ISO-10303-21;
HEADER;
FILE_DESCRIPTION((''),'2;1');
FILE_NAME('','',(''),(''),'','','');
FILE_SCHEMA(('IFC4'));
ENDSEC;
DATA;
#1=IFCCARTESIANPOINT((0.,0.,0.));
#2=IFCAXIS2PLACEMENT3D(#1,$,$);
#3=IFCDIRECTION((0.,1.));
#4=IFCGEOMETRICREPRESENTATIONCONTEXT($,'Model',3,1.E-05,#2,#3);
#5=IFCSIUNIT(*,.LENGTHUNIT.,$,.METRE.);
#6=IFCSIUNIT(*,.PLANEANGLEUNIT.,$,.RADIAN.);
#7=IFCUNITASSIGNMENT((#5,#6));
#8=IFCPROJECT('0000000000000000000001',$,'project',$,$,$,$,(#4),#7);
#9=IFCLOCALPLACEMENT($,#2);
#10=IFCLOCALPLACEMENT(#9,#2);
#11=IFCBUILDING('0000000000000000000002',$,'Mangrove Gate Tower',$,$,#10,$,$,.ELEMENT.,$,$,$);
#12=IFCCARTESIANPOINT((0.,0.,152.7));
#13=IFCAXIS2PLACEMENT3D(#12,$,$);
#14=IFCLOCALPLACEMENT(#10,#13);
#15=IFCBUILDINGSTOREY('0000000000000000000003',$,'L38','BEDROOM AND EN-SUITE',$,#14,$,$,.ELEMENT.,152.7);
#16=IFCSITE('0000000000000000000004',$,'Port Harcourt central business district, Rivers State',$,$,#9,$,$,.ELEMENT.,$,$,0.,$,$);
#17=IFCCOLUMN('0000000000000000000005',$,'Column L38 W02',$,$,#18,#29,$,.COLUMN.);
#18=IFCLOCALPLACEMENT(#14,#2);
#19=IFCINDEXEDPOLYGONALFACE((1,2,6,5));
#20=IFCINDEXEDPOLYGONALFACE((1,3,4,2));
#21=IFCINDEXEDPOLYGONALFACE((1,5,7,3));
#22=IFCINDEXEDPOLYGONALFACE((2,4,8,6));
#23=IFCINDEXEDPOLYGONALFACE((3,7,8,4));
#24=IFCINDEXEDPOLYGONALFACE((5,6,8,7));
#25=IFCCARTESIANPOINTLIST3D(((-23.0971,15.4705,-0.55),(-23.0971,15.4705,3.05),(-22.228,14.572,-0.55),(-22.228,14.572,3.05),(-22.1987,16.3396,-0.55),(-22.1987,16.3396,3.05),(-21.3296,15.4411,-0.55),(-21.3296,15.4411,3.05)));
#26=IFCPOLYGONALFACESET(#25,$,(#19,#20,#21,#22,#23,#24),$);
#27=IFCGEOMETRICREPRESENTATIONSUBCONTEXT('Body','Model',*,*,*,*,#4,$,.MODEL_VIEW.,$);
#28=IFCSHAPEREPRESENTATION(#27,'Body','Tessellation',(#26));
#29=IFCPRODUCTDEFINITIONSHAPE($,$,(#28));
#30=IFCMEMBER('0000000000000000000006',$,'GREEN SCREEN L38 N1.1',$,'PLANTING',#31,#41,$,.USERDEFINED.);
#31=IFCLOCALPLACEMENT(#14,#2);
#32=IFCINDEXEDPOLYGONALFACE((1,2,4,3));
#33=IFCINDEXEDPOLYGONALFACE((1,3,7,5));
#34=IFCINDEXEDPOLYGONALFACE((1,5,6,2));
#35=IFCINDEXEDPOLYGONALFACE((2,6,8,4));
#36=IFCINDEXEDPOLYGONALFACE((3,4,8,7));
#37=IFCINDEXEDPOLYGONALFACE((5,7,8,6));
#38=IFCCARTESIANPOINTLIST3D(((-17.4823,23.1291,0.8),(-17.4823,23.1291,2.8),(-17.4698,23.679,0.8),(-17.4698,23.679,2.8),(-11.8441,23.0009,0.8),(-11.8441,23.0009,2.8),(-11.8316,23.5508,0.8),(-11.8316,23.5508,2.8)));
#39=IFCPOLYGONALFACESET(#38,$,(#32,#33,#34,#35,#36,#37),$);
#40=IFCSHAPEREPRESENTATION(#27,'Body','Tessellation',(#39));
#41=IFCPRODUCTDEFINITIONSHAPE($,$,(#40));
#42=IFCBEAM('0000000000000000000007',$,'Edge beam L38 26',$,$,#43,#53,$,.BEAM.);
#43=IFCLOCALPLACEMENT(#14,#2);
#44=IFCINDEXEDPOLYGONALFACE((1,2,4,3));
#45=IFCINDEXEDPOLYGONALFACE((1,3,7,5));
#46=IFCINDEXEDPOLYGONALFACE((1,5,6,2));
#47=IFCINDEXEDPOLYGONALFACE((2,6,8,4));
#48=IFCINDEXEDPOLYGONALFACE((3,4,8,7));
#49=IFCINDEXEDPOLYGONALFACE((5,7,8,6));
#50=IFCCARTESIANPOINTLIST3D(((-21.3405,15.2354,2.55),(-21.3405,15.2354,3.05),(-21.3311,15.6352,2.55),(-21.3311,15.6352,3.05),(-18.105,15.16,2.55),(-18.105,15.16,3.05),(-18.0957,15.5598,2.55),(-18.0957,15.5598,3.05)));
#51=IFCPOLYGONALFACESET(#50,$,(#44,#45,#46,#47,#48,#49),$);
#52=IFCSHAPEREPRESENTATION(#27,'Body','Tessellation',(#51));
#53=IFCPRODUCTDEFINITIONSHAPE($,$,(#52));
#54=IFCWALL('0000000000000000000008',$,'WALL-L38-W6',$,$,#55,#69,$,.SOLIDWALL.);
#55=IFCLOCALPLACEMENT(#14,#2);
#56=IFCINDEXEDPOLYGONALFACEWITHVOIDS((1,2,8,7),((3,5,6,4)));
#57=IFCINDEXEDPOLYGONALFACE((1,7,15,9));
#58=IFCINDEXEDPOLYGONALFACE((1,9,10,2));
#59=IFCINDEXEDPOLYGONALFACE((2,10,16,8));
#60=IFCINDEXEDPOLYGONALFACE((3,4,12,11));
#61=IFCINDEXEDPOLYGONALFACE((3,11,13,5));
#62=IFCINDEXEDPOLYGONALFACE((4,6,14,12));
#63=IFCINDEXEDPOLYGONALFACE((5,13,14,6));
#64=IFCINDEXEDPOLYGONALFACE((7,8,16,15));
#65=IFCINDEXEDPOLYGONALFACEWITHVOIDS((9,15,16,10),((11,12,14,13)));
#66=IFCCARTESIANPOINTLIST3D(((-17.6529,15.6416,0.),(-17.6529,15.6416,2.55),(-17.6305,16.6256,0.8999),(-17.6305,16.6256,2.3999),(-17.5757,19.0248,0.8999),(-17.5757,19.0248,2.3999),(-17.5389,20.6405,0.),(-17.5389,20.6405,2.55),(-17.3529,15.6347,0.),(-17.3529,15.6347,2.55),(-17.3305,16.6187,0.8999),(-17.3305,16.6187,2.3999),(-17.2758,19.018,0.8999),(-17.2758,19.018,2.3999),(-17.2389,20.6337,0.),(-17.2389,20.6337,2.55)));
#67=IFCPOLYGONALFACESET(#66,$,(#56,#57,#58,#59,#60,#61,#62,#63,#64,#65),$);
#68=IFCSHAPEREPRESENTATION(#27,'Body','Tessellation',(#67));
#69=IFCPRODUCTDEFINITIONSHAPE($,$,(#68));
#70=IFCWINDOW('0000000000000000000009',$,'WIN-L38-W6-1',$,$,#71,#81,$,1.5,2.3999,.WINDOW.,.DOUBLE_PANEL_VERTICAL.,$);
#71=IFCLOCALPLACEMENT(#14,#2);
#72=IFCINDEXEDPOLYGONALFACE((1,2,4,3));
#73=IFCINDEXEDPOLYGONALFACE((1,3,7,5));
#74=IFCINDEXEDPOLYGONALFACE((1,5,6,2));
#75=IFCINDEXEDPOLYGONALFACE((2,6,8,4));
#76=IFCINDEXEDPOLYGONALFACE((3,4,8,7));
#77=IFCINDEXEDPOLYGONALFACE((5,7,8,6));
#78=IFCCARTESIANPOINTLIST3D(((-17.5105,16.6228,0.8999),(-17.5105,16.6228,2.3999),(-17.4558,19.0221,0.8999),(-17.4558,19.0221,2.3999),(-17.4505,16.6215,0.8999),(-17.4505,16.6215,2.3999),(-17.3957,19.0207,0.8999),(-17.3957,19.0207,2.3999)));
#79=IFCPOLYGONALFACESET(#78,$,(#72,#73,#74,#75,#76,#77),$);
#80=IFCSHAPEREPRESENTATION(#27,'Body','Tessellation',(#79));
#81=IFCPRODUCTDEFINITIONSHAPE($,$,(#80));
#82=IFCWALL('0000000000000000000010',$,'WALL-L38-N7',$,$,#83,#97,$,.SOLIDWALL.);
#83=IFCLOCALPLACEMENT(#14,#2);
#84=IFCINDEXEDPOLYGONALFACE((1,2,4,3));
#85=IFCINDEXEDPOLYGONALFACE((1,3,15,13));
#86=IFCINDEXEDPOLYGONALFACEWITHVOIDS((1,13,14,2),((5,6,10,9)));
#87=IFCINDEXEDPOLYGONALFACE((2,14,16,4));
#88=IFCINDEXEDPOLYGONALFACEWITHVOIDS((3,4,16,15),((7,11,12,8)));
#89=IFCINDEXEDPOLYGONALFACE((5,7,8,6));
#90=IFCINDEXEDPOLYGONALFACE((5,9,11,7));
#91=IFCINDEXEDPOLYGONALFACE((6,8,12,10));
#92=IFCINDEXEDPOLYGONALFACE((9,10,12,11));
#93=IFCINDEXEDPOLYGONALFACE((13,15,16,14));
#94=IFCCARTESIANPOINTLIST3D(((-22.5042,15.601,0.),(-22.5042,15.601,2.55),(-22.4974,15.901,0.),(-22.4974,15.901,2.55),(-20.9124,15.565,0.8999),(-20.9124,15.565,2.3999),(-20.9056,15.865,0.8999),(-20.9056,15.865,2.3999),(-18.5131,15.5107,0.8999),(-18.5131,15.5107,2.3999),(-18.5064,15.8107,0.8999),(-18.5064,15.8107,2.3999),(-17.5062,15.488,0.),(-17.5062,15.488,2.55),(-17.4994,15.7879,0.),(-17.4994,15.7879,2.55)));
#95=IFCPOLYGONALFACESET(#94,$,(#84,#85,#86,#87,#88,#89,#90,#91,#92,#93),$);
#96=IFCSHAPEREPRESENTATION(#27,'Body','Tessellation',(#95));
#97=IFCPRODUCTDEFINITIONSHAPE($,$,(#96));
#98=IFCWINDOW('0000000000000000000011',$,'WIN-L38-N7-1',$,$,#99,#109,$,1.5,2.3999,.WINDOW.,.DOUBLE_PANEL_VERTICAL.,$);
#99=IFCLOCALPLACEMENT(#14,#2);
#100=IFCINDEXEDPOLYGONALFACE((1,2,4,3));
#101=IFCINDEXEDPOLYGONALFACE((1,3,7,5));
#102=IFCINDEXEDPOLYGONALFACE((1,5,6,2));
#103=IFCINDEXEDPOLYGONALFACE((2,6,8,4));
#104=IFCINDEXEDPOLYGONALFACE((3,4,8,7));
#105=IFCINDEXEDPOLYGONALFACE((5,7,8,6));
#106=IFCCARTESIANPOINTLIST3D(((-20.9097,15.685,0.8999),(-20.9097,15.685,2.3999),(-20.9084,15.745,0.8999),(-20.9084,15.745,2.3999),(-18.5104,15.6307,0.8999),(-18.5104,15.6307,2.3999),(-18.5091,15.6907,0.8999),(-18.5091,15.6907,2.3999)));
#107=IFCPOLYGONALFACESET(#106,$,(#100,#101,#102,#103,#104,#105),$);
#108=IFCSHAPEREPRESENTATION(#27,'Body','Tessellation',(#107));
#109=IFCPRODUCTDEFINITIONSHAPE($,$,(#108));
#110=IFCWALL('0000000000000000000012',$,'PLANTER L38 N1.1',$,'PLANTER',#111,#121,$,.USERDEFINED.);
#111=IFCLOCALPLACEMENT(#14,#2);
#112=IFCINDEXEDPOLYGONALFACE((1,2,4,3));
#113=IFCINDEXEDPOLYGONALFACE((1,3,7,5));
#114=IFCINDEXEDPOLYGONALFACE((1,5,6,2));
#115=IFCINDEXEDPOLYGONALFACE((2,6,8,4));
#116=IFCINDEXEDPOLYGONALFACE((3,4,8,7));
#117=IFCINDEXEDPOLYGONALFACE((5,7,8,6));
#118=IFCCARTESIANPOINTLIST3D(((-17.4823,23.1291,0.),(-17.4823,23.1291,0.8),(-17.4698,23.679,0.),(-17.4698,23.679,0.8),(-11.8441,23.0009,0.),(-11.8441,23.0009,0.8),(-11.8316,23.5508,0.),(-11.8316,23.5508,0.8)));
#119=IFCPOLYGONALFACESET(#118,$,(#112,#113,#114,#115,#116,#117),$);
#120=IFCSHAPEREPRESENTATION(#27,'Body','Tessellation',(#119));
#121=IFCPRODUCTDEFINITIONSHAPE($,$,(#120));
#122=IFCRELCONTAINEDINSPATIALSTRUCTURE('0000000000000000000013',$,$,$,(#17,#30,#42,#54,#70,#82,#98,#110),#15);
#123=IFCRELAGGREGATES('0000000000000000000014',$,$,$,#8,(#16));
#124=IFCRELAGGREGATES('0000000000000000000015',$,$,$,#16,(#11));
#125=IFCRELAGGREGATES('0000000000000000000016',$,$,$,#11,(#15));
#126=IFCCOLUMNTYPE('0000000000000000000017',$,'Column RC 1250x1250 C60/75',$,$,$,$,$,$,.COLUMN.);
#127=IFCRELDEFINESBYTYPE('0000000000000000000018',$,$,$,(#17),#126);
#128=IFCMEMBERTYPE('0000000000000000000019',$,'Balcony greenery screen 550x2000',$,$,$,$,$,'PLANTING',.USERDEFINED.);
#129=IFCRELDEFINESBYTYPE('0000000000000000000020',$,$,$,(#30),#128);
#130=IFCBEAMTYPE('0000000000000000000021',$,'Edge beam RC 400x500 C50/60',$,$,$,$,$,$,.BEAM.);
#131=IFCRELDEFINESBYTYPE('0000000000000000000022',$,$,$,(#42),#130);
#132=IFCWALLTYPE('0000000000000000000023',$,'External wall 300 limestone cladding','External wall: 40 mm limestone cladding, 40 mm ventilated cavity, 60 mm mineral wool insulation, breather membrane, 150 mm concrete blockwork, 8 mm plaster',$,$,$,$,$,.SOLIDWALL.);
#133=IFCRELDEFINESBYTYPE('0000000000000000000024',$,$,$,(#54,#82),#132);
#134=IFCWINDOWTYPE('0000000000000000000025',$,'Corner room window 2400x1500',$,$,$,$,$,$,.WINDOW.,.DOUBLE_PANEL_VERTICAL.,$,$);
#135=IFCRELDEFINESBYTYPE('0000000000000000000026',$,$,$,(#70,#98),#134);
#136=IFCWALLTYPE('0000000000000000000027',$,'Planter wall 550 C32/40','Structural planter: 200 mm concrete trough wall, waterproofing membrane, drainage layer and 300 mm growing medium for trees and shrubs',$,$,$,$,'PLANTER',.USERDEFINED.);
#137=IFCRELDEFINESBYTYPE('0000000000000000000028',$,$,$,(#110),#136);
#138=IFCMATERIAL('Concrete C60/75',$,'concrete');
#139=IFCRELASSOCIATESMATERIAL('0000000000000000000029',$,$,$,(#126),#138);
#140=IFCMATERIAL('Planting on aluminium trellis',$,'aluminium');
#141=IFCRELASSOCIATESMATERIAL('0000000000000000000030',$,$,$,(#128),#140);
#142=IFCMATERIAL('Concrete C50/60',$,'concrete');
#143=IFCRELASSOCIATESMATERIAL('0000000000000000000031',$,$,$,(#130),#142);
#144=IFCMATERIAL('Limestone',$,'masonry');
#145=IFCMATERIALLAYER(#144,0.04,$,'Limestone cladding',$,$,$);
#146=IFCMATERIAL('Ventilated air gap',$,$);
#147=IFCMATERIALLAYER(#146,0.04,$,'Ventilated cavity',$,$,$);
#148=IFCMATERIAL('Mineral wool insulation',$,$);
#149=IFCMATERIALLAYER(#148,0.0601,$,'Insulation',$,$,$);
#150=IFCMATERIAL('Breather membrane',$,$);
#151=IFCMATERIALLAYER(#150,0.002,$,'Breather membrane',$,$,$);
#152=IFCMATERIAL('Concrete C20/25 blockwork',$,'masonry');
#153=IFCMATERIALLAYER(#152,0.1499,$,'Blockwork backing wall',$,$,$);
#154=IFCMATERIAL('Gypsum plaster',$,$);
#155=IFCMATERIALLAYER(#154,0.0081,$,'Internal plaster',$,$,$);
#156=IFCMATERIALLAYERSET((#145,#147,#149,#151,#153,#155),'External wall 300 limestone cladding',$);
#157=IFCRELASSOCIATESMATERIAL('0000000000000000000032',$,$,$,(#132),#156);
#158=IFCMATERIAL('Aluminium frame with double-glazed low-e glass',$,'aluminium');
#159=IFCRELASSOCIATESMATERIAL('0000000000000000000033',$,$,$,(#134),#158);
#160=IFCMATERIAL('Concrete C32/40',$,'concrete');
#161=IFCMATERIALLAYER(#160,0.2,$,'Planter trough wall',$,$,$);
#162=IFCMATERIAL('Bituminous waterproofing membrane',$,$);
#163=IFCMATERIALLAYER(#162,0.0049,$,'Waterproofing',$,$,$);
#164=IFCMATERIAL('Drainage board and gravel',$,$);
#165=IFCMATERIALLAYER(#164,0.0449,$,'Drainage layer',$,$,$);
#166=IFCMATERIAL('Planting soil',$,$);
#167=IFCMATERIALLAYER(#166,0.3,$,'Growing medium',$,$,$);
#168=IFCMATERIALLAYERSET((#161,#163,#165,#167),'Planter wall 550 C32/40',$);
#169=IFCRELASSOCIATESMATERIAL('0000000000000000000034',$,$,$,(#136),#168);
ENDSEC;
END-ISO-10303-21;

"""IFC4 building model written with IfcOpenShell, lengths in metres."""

from ifc_helpers import new_model, si_unit, direction, frame, frame_2d, origin, origin_2d, place, context, subcontext, project, spatial, rectangle, extrude, material, layer, layer_set, material_profile, profile_set, type_object, element, fill, save


model = new_model("IFC4")

# Units and contexts
model_context = context("Model", 3, precision=1e-05, world=origin(), true_north=direction((0.0, 1.0)))
body_context = subcontext(model_context, "Body", "Model", "MODEL_VIEW")
ifc_project = project(units=[si_unit("LENGTHUNIT", "METRE"), si_unit("PLANEANGLEUNIT", "RADIAN")], contexts=[model_context])

# Site, building, storey
site_placement = place(None, origin())
site = spatial("IfcSite", under=ifc_project, at=site_placement, Name="Port Harcourt central business district, Rivers State", CompositionType="ELEMENT", RefElevation=0.0)
building_placement = place(site_placement, origin())
building = spatial("IfcBuilding", under=site, at=building_placement, Name="Mangrove Gate Tower", CompositionType="ELEMENT")
storey_placement = place(building_placement, frame((0.0, 0.0, 152.7)))
storey = spatial("IfcBuildingStorey", under=building, at=storey_placement, Name="L38", Description="BEDROOM AND EN-SUITE", CompositionType="ELEMENT", Elevation=152.7)

# Column
ifc_material_1 = material(Name="Concrete C60/75", Category="concrete")
ifc_material_profile_1 = material_profile(ifc_material_1, rectangle(XDim=1.25, YDim=1.25, at=origin_2d()))
ifc_profile_set_1 = profile_set([ifc_material_profile_1], Name="Concrete C60/75")
column_type = type_object("IfcColumnType", Name="Column RC 1250x1250 C60/75", PredefinedType="COLUMN", material=ifc_profile_set_1)
column_placement = place(storey_placement, frame((-22.2134, 15.4558, -0.55), z_axis=(0.0, 0.0, 1.0), x_axis=(-0.718745, -0.695274, 0.0)))
element("IfcColumn", 1, at=column_placement, inside=storey, type_object=column_type, Name="Column L38 W02", PredefinedType="COLUMN", context=body_context, shape_type="SweptSolid", body=[
    extrude(rectangle(XDim=1.25, YDim=1.25, at=origin_2d()), origin(), (0.0, 0.0, 1.0), 3.6001),
])

# Member
ifc_material_2 = material(Name="Planting on aluminium trellis", Category="aluminium")
ifc_material_profile_2 = material_profile(ifc_material_2, rectangle(XDim=0.55, YDim=2.0, at=origin_2d()))
ifc_profile_set_2 = profile_set([ifc_material_profile_2], Name="Planting on aluminium trellis")
member_type = type_object("IfcMemberType", Name="Balcony greenery screen 550x2000", ElementType="PLANTING", PredefinedType="USERDEFINED", material=ifc_profile_set_2)
member_placement = place(storey_placement, frame((-17.4761, 23.4041, 1.8), z_axis=(0.999742, -0.022727, 0.0), x_axis=(0.022727, 0.999742, 0.0)))
element("IfcMember", 2, at=member_placement, inside=storey, type_object=member_type, Name="GREEN SCREEN L38 N1.1", ObjectType="PLANTING", PredefinedType="USERDEFINED", context=body_context, shape_type="SweptSolid", body=[
    extrude(rectangle(XDim=0.55, YDim=2.0, at=origin_2d()), origin(), (0.0, 0.0, 1.0), 5.6396),
])

# Beam
ifc_material_3 = material(Name="Concrete C50/60", Category="concrete")
ifc_material_profile_3 = material_profile(ifc_material_3, rectangle(XDim=0.3999, YDim=0.5, at=origin_2d()))
ifc_profile_set_3 = profile_set([ifc_material_profile_3], Name="Concrete C50/60")
beam_type = type_object("IfcBeamType", Name="Edge beam RC 400x500 C50/60", PredefinedType="BEAM", material=ifc_profile_set_3)
beam_placement = place(storey_placement, frame((-18.1003, 15.3599, 2.8), z_axis=(-0.999728, 0.023311, 0.0), x_axis=(-0.023311, -0.999728, 0.0)))
element("IfcBeam", 3, at=beam_placement, inside=storey, type_object=beam_type, Name="Edge beam L38 26", PredefinedType="BEAM", context=body_context, shape_type="SweptSolid", body=[
    extrude(rectangle(XDim=0.3999, YDim=0.5, at=origin_2d()), origin(), (0.0, 0.0, 1.0), 3.2363),
])

# Walls, openings, windows
ifc_material_4 = material(Name="Limestone", Category="masonry")
ifc_layer_1 = layer(ifc_material_4, 0.04, Name="Limestone cladding")
ifc_material_5 = material(Name="Ventilated air gap")
ifc_layer_2 = layer(ifc_material_5, 0.04, Name="Ventilated cavity")
ifc_material_6 = material(Name="Mineral wool insulation")
ifc_layer_3 = layer(ifc_material_6, 0.0601, Name="Insulation")
ifc_material_7 = material(Name="Breather membrane")
ifc_layer_4 = layer(ifc_material_7, 0.002, Name="Breather membrane")
ifc_material_8 = material(Name="Concrete C20/25 blockwork", Category="masonry")
ifc_layer_5 = layer(ifc_material_8, 0.1499, Name="Blockwork backing wall")
ifc_material_9 = material(Name="Gypsum plaster")
ifc_layer_6 = layer(ifc_material_9, 0.0081, Name="Internal plaster")
ifc_layer_set_1 = layer_set([ifc_layer_1, ifc_layer_2, ifc_layer_3, ifc_layer_4, ifc_layer_5, ifc_layer_6], Name="External wall 300 limestone cladding")
wall_type_1 = type_object("IfcWallType", Name="External wall 300 limestone cladding", Description="External wall: 40 mm limestone cladding, 40 mm ventilated cavity, 60 mm mineral wool insulation, breather membrane, 150 mm concrete blockwork, 8 mm plaster", PredefinedType="SOLIDWALL", material=ifc_layer_set_1)
wall_1_placement = place(storey_placement, frame((-17.3889, 20.637, 0.0), z_axis=(0.0, 0.0, 1.0), x_axis=(-0.022801, -0.99974, 0.0)))
wall_1 = element("IfcWall", 4, at=wall_1_placement, inside=storey, type_object=wall_type_1, Name="WALL-L38-W6", PredefinedType="SOLIDWALL", context=body_context, shape_type="SweptSolid", body=[
    extrude(rectangle(XDim=5.0002, YDim=0.3, at=frame_2d((2.5, 0.0))), origin(), (0.0, 0.0, 1.0), 2.55),
])
opening_1_placement = place(wall_1_placement, frame((1.616, 0.0, 0.8999)))
opening_1 = element("IfcOpeningElement", 5, at=opening_1_placement, cuts=wall_1, PredefinedType="OPENING", context=body_context, shape_type="SweptSolid", body=[
    extrude(rectangle(XDim=2.3999, YDim=1.5, at=frame_2d((1.2, 0.75))), frame((0.0, 0.1599, 0.0), z_axis=(0.0, -1.0, 0.0), x_axis=(1.0, 0.0, 0.0)), (0.0, 0.0, 1.0), 0.3201),
])
ifc_material_10 = material(Name="Aluminium frame with double-glazed low-e glass", Category="aluminium")
window_type_1 = type_object("IfcWindowType", Name="Corner room window 2400x1500", PartitioningType="DOUBLE_PANEL_VERTICAL", PredefinedType="WINDOW", material=ifc_material_10)
window_1_placement = place(opening_1_placement, origin())
window_1 = element("IfcWindow", 6, at=window_1_placement, inside=storey, type_object=window_type_1, Name="WIN-L38-W6-1", OverallHeight=1.5, OverallWidth=2.3999, PartitioningType="DOUBLE_PANEL_VERTICAL", PredefinedType="WINDOW", context=body_context, shape_type="SweptSolid", body=[
    extrude(rectangle(XDim=2.3999, YDim=1.5, at=frame_2d((1.2, 0.75))), frame((0.0, 0.03, 0.0), z_axis=(0.0, -1.0, 0.0), x_axis=(1.0, 0.0, 0.0)), (0.0, 0.0, 1.0), 0.0601),
])
fill(opening_1, window_1)
wall_2_placement = place(storey_placement, frame((-17.5029, 15.6379, 0.0), z_axis=(0.0, 0.0, 1.0), x_axis=(-0.999744, 0.02261, 0.0)))
wall_2 = element("IfcWall", 7, at=wall_2_placement, inside=storey, type_object=wall_type_1, Name="WALL-L38-N7", PredefinedType="SOLIDWALL", context=body_context, shape_type="SweptSolid", body=[
    extrude(rectangle(XDim=4.9993, YDim=0.3, at=frame_2d((2.4995, 0.0))), origin(), (0.0, 0.0, 1.0), 2.55),
])
opening_2_placement = place(wall_2_placement, frame((1.0071, 0.0, 0.8999)))
opening_2 = element("IfcOpeningElement", 8, at=opening_2_placement, cuts=wall_2, PredefinedType="OPENING", context=body_context, shape_type="SweptSolid", body=[
    extrude(rectangle(XDim=2.3999, YDim=1.5, at=frame_2d((1.2, 0.75))), frame((0.0, 0.1599, 0.0), z_axis=(0.0, -1.0, 0.0), x_axis=(1.0, 0.0, 0.0)), (0.0, 0.0, 1.0), 0.3201),
])
window_2_placement = place(opening_2_placement, origin())
window_2 = element("IfcWindow", 9, at=window_2_placement, inside=storey, type_object=window_type_1, Name="WIN-L38-N7-1", OverallHeight=1.5, OverallWidth=2.3999, PartitioningType="DOUBLE_PANEL_VERTICAL", PredefinedType="WINDOW", context=body_context, shape_type="SweptSolid", body=[
    extrude(rectangle(XDim=2.3999, YDim=1.5, at=frame_2d((1.2, 0.75))), frame((0.0, 0.03, 0.0), z_axis=(0.0, -1.0, 0.0), x_axis=(1.0, 0.0, 0.0)), (0.0, 0.0, 1.0), 0.0601),
])
fill(opening_2, window_2)

# Wall
ifc_material_11 = material(Name="Concrete C32/40", Category="concrete")
ifc_layer_7 = layer(ifc_material_11, 0.2, Name="Planter trough wall")
ifc_material_12 = material(Name="Bituminous waterproofing membrane")
ifc_layer_8 = layer(ifc_material_12, 0.0049, Name="Waterproofing")
ifc_material_13 = material(Name="Drainage board and gravel")
ifc_layer_9 = layer(ifc_material_13, 0.0449, Name="Drainage layer")
ifc_material_14 = material(Name="Planting soil")
ifc_layer_10 = layer(ifc_material_14, 0.3, Name="Growing medium")
ifc_layer_set_2 = layer_set([ifc_layer_7, ifc_layer_8, ifc_layer_9, ifc_layer_10], Name="Planter wall 550 C32/40")
wall_type_2 = type_object("IfcWallType", Name="Planter wall 550 C32/40", Description="Structural planter: 200 mm concrete trough wall, waterproofing membrane, drainage layer and 300 mm growing medium for trees and shrubs", ElementType="PLANTER", PredefinedType="USERDEFINED", material=ifc_layer_set_2)
wall_3_placement = place(storey_placement, frame((-17.4761, 23.4041, 0.0), z_axis=(0.0, 0.0, 1.0), x_axis=(0.999742, -0.022727, 0.0)))
element("IfcWall", 10, at=wall_3_placement, inside=storey, type_object=wall_type_2, Name="PLANTER L38 N1.1", ObjectType="PLANTER", PredefinedType="USERDEFINED", context=body_context, shape_type="SweptSolid", body=[
    extrude(rectangle(XDim=5.6396, YDim=0.55, at=frame_2d((2.8198, 0.0))), origin(), (0.0, 0.0, 1.0), 0.8),
])

save(model, "model.ifc")
